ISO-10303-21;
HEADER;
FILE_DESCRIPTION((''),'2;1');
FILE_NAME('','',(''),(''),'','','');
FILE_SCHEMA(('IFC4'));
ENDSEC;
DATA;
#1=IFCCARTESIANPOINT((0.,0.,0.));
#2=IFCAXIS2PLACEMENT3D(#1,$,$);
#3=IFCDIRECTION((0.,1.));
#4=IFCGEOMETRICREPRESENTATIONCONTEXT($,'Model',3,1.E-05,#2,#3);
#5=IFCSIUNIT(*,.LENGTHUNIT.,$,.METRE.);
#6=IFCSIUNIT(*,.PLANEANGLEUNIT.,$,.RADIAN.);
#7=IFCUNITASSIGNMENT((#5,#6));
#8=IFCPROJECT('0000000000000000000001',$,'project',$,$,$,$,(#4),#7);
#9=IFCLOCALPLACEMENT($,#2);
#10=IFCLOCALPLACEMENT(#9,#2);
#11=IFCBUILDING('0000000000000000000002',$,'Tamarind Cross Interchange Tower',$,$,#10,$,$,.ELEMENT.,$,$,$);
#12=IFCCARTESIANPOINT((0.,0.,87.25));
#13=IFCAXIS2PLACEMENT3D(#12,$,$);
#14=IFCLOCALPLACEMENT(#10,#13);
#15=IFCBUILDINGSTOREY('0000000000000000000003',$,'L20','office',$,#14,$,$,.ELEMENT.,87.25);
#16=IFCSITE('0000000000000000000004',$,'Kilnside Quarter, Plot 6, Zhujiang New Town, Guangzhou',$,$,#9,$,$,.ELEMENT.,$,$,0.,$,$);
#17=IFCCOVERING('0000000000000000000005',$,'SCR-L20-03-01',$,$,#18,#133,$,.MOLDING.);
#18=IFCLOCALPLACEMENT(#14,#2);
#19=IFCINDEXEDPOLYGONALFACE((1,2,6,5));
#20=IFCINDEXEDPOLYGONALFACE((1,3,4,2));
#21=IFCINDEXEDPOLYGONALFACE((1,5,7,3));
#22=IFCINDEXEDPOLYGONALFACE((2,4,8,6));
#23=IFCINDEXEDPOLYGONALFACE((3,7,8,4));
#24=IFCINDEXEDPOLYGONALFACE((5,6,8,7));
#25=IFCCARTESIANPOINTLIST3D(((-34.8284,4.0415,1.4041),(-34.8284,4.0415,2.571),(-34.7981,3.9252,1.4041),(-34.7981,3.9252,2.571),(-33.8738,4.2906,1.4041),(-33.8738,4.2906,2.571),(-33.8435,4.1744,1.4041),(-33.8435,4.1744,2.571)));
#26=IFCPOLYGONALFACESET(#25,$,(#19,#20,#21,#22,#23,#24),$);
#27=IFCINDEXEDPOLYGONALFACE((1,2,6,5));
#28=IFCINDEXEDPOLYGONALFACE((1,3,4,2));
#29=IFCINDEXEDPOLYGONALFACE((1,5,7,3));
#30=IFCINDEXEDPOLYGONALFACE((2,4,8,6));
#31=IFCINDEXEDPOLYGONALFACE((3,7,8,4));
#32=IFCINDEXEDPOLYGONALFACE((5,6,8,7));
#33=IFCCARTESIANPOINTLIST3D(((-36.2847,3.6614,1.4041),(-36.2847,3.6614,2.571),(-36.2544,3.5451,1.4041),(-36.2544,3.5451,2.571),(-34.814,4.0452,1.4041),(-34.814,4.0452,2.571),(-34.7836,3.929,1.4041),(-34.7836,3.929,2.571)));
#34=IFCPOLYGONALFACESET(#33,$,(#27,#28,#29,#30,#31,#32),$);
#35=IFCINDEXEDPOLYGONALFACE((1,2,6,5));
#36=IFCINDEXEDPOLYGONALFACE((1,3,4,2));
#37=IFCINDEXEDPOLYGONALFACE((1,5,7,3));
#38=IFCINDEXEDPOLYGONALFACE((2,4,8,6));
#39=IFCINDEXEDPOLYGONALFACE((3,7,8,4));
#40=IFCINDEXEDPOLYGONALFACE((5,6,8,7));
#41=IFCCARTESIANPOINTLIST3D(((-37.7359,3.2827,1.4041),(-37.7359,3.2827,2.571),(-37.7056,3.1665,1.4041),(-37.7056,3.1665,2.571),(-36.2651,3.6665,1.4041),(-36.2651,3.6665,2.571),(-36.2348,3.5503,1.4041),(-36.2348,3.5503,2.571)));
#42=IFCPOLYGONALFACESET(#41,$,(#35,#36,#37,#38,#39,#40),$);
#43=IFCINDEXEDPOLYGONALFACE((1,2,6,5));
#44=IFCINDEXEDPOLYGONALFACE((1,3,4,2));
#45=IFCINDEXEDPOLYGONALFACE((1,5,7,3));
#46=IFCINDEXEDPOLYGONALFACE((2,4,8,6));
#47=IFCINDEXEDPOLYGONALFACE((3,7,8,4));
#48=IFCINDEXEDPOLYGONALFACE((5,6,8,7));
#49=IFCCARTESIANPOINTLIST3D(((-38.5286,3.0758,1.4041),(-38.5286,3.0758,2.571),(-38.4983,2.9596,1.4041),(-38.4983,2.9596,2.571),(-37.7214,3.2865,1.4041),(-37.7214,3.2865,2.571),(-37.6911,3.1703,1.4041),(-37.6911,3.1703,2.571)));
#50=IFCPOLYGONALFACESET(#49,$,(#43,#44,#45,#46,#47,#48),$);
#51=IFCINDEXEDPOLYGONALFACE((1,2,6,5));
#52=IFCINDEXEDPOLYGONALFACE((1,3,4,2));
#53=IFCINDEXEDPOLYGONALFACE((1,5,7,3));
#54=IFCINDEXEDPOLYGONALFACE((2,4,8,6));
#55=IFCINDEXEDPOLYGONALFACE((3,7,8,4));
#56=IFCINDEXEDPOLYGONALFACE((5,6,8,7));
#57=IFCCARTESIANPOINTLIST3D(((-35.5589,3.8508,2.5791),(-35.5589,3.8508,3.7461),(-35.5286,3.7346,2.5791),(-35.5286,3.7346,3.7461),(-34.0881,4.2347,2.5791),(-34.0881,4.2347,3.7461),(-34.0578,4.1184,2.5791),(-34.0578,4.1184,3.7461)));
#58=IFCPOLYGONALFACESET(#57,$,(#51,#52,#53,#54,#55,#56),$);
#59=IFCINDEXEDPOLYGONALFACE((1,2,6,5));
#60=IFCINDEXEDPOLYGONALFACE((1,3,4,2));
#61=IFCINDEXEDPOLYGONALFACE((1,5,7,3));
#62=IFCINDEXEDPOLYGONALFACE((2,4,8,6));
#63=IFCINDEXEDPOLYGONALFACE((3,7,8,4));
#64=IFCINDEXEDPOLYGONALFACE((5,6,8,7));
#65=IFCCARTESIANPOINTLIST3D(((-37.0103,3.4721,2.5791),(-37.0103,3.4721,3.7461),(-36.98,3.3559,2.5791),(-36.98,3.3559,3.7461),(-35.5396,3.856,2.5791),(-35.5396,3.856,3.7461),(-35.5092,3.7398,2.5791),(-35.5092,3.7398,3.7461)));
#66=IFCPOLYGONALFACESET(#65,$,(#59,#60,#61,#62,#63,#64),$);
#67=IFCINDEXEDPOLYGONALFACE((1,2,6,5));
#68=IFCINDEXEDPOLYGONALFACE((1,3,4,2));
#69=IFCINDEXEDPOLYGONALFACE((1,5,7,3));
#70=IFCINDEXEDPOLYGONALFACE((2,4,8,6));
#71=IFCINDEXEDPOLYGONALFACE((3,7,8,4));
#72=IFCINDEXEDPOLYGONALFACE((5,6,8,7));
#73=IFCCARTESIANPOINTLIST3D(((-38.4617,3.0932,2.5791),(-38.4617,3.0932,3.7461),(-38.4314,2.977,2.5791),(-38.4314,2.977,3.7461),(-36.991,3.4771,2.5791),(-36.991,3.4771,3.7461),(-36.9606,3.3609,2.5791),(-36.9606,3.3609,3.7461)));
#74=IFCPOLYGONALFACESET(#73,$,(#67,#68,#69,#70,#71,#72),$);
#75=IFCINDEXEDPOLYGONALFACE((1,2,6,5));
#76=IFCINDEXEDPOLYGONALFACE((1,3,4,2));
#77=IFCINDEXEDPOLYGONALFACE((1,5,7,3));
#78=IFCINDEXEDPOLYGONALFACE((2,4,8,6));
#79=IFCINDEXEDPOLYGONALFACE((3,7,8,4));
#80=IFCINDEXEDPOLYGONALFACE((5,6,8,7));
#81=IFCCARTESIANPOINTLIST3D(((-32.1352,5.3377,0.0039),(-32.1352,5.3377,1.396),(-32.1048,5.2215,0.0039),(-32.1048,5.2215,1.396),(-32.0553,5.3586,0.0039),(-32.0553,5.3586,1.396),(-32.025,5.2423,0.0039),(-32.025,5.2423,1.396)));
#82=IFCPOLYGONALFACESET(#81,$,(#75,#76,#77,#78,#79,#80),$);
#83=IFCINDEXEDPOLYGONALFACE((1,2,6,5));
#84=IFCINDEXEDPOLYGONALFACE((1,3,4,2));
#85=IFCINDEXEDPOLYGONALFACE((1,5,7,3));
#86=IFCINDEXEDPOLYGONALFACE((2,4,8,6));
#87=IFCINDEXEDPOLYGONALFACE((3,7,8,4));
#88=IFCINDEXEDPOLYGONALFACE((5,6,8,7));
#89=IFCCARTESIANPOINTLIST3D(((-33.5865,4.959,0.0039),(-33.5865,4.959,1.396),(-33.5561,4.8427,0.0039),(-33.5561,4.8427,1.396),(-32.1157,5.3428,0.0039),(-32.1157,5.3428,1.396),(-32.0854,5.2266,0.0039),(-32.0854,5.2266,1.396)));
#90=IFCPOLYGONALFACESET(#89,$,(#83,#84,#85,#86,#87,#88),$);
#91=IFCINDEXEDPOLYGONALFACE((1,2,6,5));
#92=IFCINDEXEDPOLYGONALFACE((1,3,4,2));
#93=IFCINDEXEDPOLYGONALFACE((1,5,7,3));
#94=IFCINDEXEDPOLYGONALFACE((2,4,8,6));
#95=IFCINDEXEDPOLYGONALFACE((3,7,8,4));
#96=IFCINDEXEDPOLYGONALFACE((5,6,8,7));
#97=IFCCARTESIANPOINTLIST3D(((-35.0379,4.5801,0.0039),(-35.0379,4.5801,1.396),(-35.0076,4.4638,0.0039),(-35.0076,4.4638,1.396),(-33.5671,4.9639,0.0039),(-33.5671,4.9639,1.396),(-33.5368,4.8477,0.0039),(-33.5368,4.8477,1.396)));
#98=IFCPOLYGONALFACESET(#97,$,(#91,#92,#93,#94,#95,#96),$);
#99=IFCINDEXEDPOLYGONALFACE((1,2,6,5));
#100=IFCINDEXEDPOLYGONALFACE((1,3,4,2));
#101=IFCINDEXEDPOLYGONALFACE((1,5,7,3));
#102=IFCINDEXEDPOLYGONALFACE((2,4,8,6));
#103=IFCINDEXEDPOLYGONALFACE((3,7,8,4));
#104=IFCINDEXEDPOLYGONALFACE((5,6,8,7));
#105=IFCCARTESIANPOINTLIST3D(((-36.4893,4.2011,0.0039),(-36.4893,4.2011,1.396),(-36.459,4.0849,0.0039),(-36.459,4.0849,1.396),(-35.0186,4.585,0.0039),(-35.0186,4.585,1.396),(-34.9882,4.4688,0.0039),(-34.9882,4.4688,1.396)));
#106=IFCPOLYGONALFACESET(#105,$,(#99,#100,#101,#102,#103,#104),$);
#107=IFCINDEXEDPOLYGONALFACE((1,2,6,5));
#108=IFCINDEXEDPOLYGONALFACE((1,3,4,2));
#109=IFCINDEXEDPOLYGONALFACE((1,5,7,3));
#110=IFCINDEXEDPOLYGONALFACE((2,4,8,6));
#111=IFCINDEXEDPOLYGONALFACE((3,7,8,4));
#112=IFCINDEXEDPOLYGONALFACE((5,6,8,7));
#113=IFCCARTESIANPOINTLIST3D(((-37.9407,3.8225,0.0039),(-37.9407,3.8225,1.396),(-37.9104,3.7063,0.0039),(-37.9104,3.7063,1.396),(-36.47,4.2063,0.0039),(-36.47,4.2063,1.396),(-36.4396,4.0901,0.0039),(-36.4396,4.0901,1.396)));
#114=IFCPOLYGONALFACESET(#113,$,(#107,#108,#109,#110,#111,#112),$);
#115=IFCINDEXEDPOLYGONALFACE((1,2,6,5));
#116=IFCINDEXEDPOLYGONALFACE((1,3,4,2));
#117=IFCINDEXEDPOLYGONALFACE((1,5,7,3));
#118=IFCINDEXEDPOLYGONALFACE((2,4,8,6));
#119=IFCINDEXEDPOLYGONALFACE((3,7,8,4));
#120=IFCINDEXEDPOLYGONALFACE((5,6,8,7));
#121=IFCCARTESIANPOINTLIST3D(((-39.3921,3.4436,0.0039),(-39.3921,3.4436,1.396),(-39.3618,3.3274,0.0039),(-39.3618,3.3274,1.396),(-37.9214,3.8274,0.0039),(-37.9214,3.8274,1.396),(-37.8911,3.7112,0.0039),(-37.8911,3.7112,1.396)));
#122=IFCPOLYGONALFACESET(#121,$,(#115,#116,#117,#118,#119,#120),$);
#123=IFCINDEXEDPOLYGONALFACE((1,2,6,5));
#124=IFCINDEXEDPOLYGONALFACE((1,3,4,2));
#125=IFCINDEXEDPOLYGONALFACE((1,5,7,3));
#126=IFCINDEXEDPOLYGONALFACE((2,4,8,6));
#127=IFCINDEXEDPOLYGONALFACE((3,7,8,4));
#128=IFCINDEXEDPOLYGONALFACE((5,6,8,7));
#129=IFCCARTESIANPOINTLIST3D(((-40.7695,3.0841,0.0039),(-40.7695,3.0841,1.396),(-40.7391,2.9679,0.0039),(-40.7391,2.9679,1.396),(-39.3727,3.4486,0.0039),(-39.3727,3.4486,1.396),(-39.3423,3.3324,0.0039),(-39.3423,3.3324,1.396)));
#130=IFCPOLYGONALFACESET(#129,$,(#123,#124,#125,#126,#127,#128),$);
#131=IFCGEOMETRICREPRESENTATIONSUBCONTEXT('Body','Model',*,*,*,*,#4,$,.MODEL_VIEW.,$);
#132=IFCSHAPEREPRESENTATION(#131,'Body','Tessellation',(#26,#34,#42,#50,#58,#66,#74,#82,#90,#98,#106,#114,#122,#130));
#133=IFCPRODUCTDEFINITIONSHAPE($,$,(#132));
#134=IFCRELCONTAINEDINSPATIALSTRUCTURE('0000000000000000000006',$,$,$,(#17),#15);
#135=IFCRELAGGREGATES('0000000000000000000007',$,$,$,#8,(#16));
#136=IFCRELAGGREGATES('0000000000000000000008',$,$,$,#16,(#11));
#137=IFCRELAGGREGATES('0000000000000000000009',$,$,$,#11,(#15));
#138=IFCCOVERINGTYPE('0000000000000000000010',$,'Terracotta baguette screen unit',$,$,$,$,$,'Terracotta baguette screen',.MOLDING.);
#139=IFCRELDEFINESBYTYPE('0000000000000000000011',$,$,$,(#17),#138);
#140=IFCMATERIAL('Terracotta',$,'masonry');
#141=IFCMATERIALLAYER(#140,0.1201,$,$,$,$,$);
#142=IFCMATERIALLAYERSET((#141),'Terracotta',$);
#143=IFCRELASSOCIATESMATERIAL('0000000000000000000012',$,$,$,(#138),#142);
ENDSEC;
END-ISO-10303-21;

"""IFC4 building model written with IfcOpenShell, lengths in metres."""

from ifc_helpers import new_model, si_unit, direction, frame, origin, origin_2d, place, context, subcontext, project, spatial, rectangle, extrude, material, layer, layer_set, type_object, element, save


model = new_model("IFC4")

# Units and contexts
model_context = context("Model", 3, precision=1e-05, world=origin(), true_north=direction((0.0, 1.0)))
body_context = subcontext(model_context, "Body", "Model", "MODEL_VIEW")
ifc_project = project(units=[si_unit("LENGTHUNIT", "METRE"), si_unit("PLANEANGLEUNIT", "RADIAN")], contexts=[model_context])

# Site, building, storey
site_placement = place(None, origin())
site = spatial("IfcSite", under=ifc_project, at=site_placement, Name="Kilnside Quarter, Plot 6, Zhujiang New Town, Guangzhou", CompositionType="ELEMENT", RefElevation=0.0)
building_placement = place(site_placement, origin())
building = spatial("IfcBuilding", under=site, at=building_placement, Name="Tamarind Cross Interchange Tower", CompositionType="ELEMENT")
storey_placement = place(building_placement, frame((0.0, 0.0, 87.25)))
storey = spatial("IfcBuildingStorey", under=building, at=storey_placement, Name="L20", Description="office", CompositionType="ELEMENT", Elevation=87.25)

# Covering
ifc_material_1 = material(Name="Terracotta", Category="masonry")
ifc_layer_1 = layer(ifc_material_1, 0.1201)
ifc_layer_set_1 = layer_set([ifc_layer_1], Name="Terracotta")
covering_type = type_object("IfcCoveringType", Name="Terracotta baguette screen unit", ElementType="Terracotta baguette screen", PredefinedType="MOLDING", material=ifc_layer_set_1)
covering_1_placement = place(storey_placement, origin())
element("IfcCovering", 1, at=covering_1_placement, inside=storey, type_object=covering_type, Name="SCR-L20-03-01", PredefinedType="MOLDING", context=body_context, shape_type="SweptSolid", body=[
    extrude(rectangle(XDim=0.9866, YDim=0.1201, at=origin_2d()), frame((-34.3359, 4.1079, 1.4041), z_axis=(0.0, 0.0, 1.0), x_axis=(-0.967589, -0.252529, 0.0)), (0.0, 0.0, 1.0), 1.167),
    extrude(rectangle(XDim=1.52, YDim=0.1201, at=origin_2d()), frame((-35.5342, 3.7952, 1.4041), z_axis=(0.0, 0.0, 1.0), x_axis=(-0.967589, -0.252529, 0.0)), (0.0, 0.0, 1.0), 1.167),
    extrude(rectangle(XDim=1.52, YDim=0.1201, at=origin_2d()), frame((-36.9854, 3.4165, 1.4041), z_axis=(0.0, 0.0, 1.0), x_axis=(-0.967589, -0.252529, 0.0)), (0.0, 0.0, 1.0), 1.167),
    extrude(rectangle(XDim=0.8342, YDim=0.1201, at=origin_2d()), frame((-38.1099, 3.123, 1.4041), z_axis=(0.0, 0.0, 1.0), x_axis=(-0.967589, -0.252529, 0.0)), (0.0, 0.0, 1.0), 1.167),
    extrude(rectangle(XDim=1.52, YDim=0.1201, at=origin_2d()), frame((-34.8083, 3.9846, 2.5791), z_axis=(0.0, 0.0, 1.0), x_axis=(-0.967589, -0.252529, 0.0)), (0.0, 0.0, 1.0), 1.167),
    extrude(rectangle(XDim=1.52, YDim=0.1201, at=origin_2d()), frame((-36.2598, 3.606, 2.5791), z_axis=(0.0, 0.0, 1.0), x_axis=(-0.967589, -0.252529, 0.0)), (0.0, 0.0, 1.0), 1.167),
    extrude(rectangle(XDim=1.52, YDim=0.1201, at=origin_2d()), frame((-37.7112, 3.2271, 2.5791), z_axis=(0.0, 0.0, 1.0), x_axis=(-0.967589, -0.252529, 0.0)), (0.0, 0.0, 1.0), 1.167),
    extrude(rectangle(XDim=0.0825, YDim=0.1201, at=origin_2d()), frame((-32.0801, 5.29, 0.0039), z_axis=(0.0, 0.0, 1.0), x_axis=(-0.967589, -0.252529, 0.0)), (0.0, 0.0, 1.0), 1.3921),
    extrude(rectangle(XDim=1.52, YDim=0.1201, at=origin_2d()), frame((-32.8359, 5.0928, 0.0039), z_axis=(0.0, 0.0, 1.0), x_axis=(-0.967589, -0.252529, 0.0)), (0.0, 0.0, 1.0), 1.3921),
    extrude(rectangle(XDim=1.52, YDim=0.1201, at=origin_2d()), frame((-34.2874, 4.7139, 0.0039), z_axis=(0.0, 0.0, 1.0), x_axis=(-0.967589, -0.252529, 0.0)), (0.0, 0.0, 1.0), 1.3921),
    extrude(rectangle(XDim=1.52, YDim=0.1201, at=origin_2d()), frame((-35.7388, 4.335, 0.0039), z_axis=(0.0, 0.0, 1.0), x_axis=(-0.967589, -0.252529, 0.0)), (0.0, 0.0, 1.0), 1.3921),
    extrude(rectangle(XDim=1.52, YDim=0.1201, at=origin_2d()), frame((-37.1902, 3.9563, 0.0039), z_axis=(0.0, 0.0, 1.0), x_axis=(-0.967589, -0.252529, 0.0)), (0.0, 0.0, 1.0), 1.3921),
    extrude(rectangle(XDim=1.52, YDim=0.1201, at=origin_2d()), frame((-38.6416, 3.5774, 0.0039), z_axis=(0.0, 0.0, 1.0), x_axis=(-0.967589, -0.252529, 0.0)), (0.0, 0.0, 1.0), 1.3921),
    extrude(rectangle(XDim=1.4436, YDim=0.1201, at=origin_2d()), frame((-40.0559, 3.2083, 0.0039), z_axis=(0.0, 0.0, 1.0), x_axis=(-0.967589, -0.252529, 0.0)), (0.0, 0.0, 1.0), 1.3921),
])

save(model, "model.ifc")
